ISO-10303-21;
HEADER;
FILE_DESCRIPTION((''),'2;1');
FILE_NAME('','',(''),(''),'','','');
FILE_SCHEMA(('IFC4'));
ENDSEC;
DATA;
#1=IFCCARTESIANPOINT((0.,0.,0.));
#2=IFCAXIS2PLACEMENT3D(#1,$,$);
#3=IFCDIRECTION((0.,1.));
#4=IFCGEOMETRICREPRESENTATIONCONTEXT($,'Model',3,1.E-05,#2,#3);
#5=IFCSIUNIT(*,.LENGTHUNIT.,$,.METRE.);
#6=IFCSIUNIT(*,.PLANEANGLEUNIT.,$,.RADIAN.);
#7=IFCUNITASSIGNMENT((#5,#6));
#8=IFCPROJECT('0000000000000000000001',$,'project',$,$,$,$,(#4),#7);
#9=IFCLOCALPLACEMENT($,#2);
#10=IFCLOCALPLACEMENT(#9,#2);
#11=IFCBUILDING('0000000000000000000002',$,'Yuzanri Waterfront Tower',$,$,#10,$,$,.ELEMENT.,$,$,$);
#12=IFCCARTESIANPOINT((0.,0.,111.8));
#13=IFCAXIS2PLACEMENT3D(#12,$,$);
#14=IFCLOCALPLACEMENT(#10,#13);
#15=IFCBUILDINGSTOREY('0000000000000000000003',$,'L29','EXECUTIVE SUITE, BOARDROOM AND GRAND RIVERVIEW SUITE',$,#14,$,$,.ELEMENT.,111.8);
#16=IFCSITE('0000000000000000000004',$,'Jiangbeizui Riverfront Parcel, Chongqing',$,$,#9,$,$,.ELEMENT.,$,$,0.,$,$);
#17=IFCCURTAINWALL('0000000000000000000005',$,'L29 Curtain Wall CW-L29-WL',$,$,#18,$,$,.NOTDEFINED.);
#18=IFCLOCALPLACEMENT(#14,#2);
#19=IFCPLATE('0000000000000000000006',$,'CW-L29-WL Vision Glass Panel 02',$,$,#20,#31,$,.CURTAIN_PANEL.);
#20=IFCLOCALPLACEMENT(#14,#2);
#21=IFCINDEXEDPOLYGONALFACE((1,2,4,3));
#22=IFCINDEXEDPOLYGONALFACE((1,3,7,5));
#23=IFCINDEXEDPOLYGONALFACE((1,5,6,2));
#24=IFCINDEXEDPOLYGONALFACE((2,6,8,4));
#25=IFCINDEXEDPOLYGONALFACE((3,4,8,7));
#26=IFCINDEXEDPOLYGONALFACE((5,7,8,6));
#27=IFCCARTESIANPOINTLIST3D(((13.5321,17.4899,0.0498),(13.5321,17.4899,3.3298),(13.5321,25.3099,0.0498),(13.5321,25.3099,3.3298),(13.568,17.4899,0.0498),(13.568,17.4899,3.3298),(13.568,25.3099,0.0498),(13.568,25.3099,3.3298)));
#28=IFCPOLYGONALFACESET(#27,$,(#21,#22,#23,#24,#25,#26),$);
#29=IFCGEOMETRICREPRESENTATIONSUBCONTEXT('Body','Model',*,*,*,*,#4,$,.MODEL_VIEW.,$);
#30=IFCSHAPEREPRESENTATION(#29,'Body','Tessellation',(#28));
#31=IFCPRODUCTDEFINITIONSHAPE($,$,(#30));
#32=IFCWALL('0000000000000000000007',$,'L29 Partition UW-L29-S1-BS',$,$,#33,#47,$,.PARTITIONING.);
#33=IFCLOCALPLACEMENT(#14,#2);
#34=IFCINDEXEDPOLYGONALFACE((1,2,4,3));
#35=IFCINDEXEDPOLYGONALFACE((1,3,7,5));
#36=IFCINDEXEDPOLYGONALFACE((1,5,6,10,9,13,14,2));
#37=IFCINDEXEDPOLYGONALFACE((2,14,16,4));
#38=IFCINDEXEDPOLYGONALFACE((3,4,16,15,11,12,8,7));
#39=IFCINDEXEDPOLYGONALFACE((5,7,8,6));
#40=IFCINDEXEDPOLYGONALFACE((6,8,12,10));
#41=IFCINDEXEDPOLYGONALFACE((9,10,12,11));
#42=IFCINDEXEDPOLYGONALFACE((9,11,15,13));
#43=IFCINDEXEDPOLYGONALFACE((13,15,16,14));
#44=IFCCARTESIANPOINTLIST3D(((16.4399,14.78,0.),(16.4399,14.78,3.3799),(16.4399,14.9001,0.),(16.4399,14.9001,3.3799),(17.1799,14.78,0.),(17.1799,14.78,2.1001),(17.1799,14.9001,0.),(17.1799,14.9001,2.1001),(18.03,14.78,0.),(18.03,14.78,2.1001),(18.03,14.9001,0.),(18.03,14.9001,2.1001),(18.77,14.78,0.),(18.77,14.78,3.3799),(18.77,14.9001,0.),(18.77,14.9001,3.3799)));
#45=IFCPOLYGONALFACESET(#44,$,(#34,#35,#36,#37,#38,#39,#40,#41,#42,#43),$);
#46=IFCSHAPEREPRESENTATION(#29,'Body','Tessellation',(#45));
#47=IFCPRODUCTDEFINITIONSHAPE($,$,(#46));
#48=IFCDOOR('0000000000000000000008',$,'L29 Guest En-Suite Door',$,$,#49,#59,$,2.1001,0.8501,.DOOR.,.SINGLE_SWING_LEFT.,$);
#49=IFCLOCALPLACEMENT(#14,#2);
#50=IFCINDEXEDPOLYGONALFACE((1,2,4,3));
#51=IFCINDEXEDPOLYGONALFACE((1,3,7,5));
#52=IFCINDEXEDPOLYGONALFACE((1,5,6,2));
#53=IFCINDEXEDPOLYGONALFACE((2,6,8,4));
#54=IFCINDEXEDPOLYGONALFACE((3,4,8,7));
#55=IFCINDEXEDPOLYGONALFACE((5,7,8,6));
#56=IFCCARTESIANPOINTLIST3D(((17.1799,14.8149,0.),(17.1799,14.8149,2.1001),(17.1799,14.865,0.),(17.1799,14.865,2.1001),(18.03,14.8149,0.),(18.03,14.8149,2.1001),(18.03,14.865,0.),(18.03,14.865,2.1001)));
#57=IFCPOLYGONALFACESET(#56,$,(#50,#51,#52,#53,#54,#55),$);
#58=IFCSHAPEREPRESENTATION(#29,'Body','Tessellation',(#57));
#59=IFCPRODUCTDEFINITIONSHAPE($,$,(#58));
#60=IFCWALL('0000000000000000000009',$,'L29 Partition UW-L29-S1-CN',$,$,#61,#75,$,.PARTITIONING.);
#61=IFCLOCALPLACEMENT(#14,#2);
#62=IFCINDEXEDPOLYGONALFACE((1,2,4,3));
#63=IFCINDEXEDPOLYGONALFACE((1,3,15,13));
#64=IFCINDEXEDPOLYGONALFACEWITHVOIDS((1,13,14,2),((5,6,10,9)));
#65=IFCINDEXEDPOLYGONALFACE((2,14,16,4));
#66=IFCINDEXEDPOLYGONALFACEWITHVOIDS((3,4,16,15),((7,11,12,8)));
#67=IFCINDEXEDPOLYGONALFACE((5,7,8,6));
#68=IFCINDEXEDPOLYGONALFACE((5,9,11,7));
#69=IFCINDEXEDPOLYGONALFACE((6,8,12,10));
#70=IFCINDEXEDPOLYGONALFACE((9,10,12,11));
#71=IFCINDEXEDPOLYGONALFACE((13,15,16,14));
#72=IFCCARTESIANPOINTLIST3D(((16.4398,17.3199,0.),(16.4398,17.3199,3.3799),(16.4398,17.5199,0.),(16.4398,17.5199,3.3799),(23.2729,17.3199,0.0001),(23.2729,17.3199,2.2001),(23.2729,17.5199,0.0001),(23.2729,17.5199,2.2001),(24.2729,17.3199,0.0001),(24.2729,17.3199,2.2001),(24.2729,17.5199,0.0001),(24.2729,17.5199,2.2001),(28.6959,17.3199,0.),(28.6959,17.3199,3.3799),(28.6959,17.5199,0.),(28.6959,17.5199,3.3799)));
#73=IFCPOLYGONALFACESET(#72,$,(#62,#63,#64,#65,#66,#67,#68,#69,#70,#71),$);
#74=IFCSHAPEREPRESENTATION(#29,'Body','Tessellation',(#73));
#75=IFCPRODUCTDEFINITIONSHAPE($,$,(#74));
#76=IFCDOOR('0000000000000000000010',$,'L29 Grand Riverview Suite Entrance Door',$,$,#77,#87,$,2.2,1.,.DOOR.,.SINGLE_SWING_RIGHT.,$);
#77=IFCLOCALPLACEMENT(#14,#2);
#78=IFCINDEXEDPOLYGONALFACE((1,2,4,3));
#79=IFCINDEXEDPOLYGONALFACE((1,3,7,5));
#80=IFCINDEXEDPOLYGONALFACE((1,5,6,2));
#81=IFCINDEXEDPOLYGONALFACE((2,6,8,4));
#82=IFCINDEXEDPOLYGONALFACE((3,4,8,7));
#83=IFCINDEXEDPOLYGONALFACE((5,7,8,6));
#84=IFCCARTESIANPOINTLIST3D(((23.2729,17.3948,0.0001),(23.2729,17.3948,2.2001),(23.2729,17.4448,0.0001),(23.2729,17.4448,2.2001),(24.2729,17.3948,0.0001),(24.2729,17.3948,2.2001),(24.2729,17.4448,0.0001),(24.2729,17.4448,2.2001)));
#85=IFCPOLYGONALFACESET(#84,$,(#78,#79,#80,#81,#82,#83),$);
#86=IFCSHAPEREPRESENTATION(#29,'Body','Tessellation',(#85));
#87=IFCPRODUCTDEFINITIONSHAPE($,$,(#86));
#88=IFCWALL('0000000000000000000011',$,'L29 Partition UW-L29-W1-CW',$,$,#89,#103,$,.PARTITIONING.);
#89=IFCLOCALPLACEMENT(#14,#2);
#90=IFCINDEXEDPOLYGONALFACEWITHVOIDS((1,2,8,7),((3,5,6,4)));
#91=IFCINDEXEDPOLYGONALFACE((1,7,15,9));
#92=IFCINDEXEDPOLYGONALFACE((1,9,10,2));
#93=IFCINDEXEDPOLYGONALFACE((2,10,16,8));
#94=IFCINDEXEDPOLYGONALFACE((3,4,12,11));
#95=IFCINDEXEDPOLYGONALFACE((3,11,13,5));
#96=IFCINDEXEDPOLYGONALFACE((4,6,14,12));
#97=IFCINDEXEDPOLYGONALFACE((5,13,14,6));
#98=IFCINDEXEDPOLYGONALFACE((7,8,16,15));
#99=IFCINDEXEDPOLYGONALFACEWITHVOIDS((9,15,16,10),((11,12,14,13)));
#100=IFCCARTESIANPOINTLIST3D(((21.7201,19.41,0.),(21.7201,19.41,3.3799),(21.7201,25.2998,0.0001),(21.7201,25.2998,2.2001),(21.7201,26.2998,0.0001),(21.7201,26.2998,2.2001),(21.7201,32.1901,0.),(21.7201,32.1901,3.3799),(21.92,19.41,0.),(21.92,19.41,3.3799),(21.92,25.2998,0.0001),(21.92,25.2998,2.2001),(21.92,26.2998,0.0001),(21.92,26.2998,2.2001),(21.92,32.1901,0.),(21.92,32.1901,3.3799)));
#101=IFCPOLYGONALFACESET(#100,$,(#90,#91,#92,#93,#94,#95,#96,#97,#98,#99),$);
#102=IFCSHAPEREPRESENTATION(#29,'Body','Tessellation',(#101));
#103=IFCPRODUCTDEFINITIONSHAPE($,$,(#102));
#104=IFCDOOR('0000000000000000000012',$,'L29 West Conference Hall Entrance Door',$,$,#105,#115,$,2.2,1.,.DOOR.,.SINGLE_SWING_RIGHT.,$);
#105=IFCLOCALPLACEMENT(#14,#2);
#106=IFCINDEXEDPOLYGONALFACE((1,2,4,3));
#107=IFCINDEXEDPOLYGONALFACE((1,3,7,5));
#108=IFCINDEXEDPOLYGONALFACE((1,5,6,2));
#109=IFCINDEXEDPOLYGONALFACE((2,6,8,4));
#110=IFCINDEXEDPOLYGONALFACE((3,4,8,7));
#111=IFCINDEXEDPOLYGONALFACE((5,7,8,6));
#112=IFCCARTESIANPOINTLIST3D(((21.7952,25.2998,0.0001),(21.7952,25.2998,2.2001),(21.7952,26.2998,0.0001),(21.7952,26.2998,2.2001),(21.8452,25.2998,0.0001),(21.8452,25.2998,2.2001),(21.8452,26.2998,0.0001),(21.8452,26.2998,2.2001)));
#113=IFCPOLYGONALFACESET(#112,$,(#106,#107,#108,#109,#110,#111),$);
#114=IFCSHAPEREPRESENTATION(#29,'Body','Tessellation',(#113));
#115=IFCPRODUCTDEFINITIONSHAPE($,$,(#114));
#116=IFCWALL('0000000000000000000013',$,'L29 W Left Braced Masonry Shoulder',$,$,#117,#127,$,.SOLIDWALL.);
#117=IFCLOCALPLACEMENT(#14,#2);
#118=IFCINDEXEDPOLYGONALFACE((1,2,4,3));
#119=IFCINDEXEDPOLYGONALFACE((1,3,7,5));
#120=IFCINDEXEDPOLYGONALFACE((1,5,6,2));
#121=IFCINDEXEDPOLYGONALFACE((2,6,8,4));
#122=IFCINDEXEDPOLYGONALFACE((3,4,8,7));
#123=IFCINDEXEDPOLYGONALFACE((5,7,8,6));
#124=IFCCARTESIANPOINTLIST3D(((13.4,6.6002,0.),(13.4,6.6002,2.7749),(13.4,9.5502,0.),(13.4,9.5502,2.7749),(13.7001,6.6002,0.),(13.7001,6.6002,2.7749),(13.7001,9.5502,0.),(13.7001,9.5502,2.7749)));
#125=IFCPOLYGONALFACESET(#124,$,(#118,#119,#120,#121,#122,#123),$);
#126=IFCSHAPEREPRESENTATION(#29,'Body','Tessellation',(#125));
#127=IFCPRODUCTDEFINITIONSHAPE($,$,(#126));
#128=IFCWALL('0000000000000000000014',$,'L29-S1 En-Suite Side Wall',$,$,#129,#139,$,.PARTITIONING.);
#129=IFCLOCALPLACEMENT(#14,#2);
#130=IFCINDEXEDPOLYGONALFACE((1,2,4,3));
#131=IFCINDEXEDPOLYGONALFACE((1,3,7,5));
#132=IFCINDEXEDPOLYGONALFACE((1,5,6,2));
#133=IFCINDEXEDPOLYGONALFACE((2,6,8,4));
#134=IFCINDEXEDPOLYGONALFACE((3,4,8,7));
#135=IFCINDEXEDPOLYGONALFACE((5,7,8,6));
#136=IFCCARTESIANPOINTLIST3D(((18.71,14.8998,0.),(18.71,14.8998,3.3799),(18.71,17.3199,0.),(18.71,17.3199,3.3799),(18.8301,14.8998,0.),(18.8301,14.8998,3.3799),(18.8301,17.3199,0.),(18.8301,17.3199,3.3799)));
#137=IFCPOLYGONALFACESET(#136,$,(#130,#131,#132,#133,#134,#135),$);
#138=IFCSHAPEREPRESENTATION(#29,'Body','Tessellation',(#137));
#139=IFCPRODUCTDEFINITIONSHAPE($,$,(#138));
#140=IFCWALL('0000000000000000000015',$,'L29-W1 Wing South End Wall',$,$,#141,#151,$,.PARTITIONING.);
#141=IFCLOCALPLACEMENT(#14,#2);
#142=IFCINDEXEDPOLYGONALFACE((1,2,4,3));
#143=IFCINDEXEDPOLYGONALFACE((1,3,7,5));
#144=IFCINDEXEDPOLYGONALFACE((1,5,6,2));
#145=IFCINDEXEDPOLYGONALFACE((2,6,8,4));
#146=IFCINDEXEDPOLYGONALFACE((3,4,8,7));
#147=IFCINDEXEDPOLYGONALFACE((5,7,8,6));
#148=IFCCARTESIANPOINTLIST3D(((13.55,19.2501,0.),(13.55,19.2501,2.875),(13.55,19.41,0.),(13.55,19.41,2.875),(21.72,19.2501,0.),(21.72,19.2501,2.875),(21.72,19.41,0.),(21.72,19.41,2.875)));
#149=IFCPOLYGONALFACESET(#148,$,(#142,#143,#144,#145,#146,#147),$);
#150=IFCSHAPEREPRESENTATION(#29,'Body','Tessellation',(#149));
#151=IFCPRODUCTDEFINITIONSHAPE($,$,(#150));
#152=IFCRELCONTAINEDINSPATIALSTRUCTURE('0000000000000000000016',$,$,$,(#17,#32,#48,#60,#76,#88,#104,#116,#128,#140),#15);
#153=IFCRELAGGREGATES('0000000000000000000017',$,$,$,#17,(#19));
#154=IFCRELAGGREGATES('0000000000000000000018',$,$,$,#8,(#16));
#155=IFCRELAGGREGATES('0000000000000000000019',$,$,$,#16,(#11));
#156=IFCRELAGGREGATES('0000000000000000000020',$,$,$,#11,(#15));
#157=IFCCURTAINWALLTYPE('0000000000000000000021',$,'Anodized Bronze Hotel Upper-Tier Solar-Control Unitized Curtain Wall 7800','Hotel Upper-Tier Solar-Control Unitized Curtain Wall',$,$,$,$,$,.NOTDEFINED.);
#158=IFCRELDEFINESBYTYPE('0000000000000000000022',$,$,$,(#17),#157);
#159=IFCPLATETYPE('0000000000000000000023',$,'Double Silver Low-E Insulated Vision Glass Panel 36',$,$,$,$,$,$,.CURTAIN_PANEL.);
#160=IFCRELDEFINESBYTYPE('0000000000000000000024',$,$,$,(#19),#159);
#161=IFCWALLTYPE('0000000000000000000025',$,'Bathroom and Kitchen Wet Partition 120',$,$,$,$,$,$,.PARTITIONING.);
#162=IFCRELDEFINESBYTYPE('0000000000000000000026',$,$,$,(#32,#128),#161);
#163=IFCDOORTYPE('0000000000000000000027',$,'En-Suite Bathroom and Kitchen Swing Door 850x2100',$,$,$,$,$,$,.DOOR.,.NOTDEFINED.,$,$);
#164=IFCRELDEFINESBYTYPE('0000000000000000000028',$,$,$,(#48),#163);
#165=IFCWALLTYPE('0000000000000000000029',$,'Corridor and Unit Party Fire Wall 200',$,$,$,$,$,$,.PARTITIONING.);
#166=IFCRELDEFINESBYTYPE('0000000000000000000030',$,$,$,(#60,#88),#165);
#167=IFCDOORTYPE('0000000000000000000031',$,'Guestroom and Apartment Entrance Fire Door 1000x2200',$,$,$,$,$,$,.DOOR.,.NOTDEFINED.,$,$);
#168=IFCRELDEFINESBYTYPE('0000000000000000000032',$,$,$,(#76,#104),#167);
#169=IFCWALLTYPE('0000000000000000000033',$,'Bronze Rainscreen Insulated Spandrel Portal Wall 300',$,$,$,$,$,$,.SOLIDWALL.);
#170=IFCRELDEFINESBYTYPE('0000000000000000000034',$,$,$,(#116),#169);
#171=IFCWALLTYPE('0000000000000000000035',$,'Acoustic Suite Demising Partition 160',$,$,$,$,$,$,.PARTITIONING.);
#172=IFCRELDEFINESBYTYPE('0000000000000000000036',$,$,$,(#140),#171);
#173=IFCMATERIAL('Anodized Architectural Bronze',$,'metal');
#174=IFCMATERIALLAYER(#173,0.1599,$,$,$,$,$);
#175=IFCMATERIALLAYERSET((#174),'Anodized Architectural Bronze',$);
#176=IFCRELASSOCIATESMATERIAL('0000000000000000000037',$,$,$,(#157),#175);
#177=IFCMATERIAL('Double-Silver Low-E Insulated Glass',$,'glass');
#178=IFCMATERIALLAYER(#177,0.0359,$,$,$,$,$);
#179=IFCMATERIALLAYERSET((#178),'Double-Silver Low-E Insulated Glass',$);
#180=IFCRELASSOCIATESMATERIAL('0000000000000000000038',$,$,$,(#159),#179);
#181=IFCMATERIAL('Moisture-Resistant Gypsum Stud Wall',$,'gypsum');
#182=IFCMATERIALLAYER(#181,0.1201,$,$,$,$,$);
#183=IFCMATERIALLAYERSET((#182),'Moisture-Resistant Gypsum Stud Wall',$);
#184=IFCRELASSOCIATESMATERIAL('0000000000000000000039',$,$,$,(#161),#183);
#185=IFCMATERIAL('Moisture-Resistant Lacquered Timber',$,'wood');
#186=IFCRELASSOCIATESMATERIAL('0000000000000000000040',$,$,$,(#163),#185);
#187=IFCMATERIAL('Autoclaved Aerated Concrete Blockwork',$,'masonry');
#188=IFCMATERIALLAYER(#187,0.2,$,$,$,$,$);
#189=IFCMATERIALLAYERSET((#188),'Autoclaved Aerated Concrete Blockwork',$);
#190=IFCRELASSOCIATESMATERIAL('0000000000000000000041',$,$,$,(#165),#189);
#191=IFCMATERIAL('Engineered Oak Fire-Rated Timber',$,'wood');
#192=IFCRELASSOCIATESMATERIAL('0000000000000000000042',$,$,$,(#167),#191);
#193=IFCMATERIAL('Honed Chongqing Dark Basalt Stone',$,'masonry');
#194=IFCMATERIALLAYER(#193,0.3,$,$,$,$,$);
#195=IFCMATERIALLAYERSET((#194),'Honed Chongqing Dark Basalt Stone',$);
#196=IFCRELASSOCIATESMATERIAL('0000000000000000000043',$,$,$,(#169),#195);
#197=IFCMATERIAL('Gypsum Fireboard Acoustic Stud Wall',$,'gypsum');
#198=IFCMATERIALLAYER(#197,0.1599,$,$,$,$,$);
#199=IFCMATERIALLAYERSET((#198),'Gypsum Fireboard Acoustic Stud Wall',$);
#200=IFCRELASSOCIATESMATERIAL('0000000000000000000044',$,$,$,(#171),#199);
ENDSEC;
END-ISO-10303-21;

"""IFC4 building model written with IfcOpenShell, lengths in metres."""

from ifc_helpers import new_model, si_unit, direction, frame, frame_2d, origin, origin_2d, place, context, subcontext, project, spatial, rectangle, extrude, source, transform, mapped, material, layer, layer_set, type_object, element, fill, aggregate, save


model = new_model("IFC4")

# Units and contexts
model_context = context("Model", 3, precision=1e-05, world=origin(), true_north=direction((0.0, 1.0)))
body_context = subcontext(model_context, "Body", "Model", "MODEL_VIEW")
ifc_project = project(units=[si_unit("LENGTHUNIT", "METRE"), si_unit("PLANEANGLEUNIT", "RADIAN")], contexts=[model_context])

# Site, building, storey
site_placement = place(None, origin())
site = spatial("IfcSite", under=ifc_project, at=site_placement, Name="Jiangbeizui Riverfront Parcel, Chongqing", CompositionType="ELEMENT", RefElevation=0.0)
building_placement = place(site_placement, origin())
building = spatial("IfcBuilding", under=site, at=building_placement, Name="Yuzanri Waterfront Tower", CompositionType="ELEMENT")
storey_placement = place(building_placement, frame((0.0, 0.0, 111.8)))
storey = spatial("IfcBuildingStorey", under=building, at=storey_placement, Name="L29", Description="EXECUTIVE SUITE, BOARDROOM AND GRAND RIVERVIEW SUITE", CompositionType="ELEMENT", Elevation=111.8)

# Curtain wall
ifc_material_1 = material(Name="Anodized Architectural Bronze", Category="metal")
ifc_layer_1 = layer(ifc_material_1, 0.1599)
ifc_layer_set_1 = layer_set([ifc_layer_1], Name="Anodized Architectural Bronze")
curtain_wall_type = type_object("IfcCurtainWallType", Name="Anodized Bronze Hotel Upper-Tier Solar-Control Unitized Curtain Wall 7800", Description="Hotel Upper-Tier Solar-Control Unitized Curtain Wall", PredefinedType="NOTDEFINED", material=ifc_layer_set_1)
curtain_wall_placement = place(storey_placement, origin())
curtain_wall = element("IfcCurtainWall", 1, at=curtain_wall_placement, inside=storey, type_object=curtain_wall_type, Name="L29 Curtain Wall CW-L29-WL", PredefinedType="NOTDEFINED")

# Plate
ifc_material_2 = material(Name="Double-Silver Low-E Insulated Glass", Category="glass")
ifc_layer_2 = layer(ifc_material_2, 0.0359)
ifc_layer_set_2 = layer_set([ifc_layer_2], Name="Double-Silver Low-E Insulated Glass")
plate_type_1 = type_object("IfcPlateType", Name="Double Silver Low-E Insulated Vision Glass Panel 36", PredefinedType="CURTAIN_PANEL", material=ifc_layer_set_2)
shared_shape_1 = source(origin(), body_context, "Body", "SweptSolid", [
    extrude(rectangle(XDim=7.8201, YDim=0.0359, at=origin_2d()), origin(), (0.0, 0.0, 1.0), 3.28),
])
plate_1_placement = place(storey_placement, frame((13.55, 21.3999, 0.0498), z_axis=(0.0, 0.0, 1.0), x_axis=(0.0, 1.0, 0.0)))
plate_1 = element("IfcPlate", 2, at=plate_1_placement, type_object=plate_type_1, Name="CW-L29-WL Vision Glass Panel 02", PredefinedType="CURTAIN_PANEL", context=body_context, shape_type="MappedRepresentation", body=[
    mapped(shared_shape_1, transform((0.0, 0.0, 0.0), scale=1.0)),
])
aggregate(curtain_wall, [plate_1])

# Wall, opening, door
ifc_material_3 = material(Name="Moisture-Resistant Gypsum Stud Wall", Category="gypsum")
ifc_layer_3 = layer(ifc_material_3, 0.1201)
ifc_layer_set_3 = layer_set([ifc_layer_3], Name="Moisture-Resistant Gypsum Stud Wall")
wall_type_1 = type_object("IfcWallType", Name="Bathroom and Kitchen Wet Partition 120", PredefinedType="PARTITIONING", material=ifc_layer_set_3)
wall_1_placement = place(storey_placement, frame((16.4399, 14.8401, 0.0), z_axis=(0.0, 0.0, 1.0), x_axis=(1.0, 0.0, 0.0)))
wall_1 = element("IfcWall", 3, at=wall_1_placement, inside=storey, type_object=wall_type_1, Name="L29 Partition UW-L29-S1-BS", PredefinedType="PARTITIONING", context=body_context, shape_type="SweptSolid", body=[
    extrude(rectangle(XDim=2.3301, YDim=0.1201, at=frame_2d((1.165, 0.0))), origin(), (0.0, 0.0, 1.0), 3.3799),
])
opening_1_placement = place(wall_1_placement, frame((0.74, 0.0, 0.0)))
opening_1 = element("IfcOpeningElement", 4, at=opening_1_placement, cuts=wall_1, PredefinedType="OPENING", context=body_context, shape_type="SweptSolid", body=[
    extrude(rectangle(XDim=0.8501, YDim=2.1001, at=frame_2d((0.425, 1.05))), frame((0.0, 0.075, 0.0), z_axis=(0.0, -1.0, 0.0), x_axis=(1.0, 0.0, 0.0)), (0.0, 0.0, 1.0), 0.1499),
])
ifc_material_4 = material(Name="Moisture-Resistant Lacquered Timber", Category="wood")
door_type_1 = type_object("IfcDoorType", Name="En-Suite Bathroom and Kitchen Swing Door 850x2100", OperationType="NOTDEFINED", PredefinedType="DOOR", material=ifc_material_4)
shared_shape_2 = source(origin(), body_context, "Body", "SweptSolid", [
    extrude(rectangle(XDim=0.8501, YDim=2.1001, at=frame_2d((0.425, 1.05))), frame((0.0, 0.0249, 0.0), z_axis=(0.0, -1.0, 0.0), x_axis=(1.0, 0.0, 0.0)), (0.0, 0.0, 1.0), 0.05),
])
door_1_placement = place(opening_1_placement, origin())
door_1 = element("IfcDoor", 5, at=door_1_placement, inside=storey, type_object=door_type_1, Name="L29 Guest En-Suite Door", OperationType="SINGLE_SWING_LEFT", OverallHeight=2.1001, OverallWidth=0.8501, PredefinedType="DOOR", context=body_context, shape_type="MappedRepresentation", body=[
    mapped(shared_shape_2, transform((0.0, 0.0, 0.0), scale=1.0)),
])
fill(opening_1, door_1)

# Walls, openings, doors
ifc_material_5 = material(Name="Autoclaved Aerated Concrete Blockwork", Category="masonry")
ifc_layer_4 = layer(ifc_material_5, 0.2)
ifc_layer_set_4 = layer_set([ifc_layer_4], Name="Autoclaved Aerated Concrete Blockwork")
wall_type_2 = type_object("IfcWallType", Name="Corridor and Unit Party Fire Wall 200", PredefinedType="PARTITIONING", material=ifc_layer_set_4)
wall_2_placement = place(storey_placement, frame((16.4399, 17.4199, 0.0), z_axis=(0.0, 0.0, 1.0), x_axis=(1.0, 0.0, 0.0)))
wall_2 = element("IfcWall", 6, at=wall_2_placement, inside=storey, type_object=wall_type_2, Name="L29 Partition UW-L29-S1-CN", PredefinedType="PARTITIONING", context=body_context, shape_type="SweptSolid", body=[
    extrude(rectangle(XDim=12.2561, YDim=0.2, at=frame_2d((6.1279, 0.0))), origin(), (0.0, 0.0, 1.0), 3.3799),
])
opening_2_placement = place(wall_2_placement, frame((6.833, 0.0, 0.0)))
opening_2 = element("IfcOpeningElement", 7, at=opening_2_placement, cuts=wall_2, PredefinedType="OPENING", context=body_context, shape_type="SweptSolid", body=[
    extrude(rectangle(XDim=1.0, YDim=2.2, at=frame_2d((0.5, 1.1001))), frame((0.0, 0.1147, 0.0), z_axis=(0.0, -1.0, 0.0), x_axis=(1.0, 0.0, 0.0)), (0.0, 0.0, 1.0), 0.2297),
])
ifc_material_6 = material(Name="Engineered Oak Fire-Rated Timber", Category="wood")
door_type_2 = type_object("IfcDoorType", Name="Guestroom and Apartment Entrance Fire Door 1000x2200", OperationType="NOTDEFINED", PredefinedType="DOOR", material=ifc_material_6)
shared_shape_3 = source(origin(), body_context, "Body", "SweptSolid", [
    extrude(rectangle(XDim=1.0, YDim=2.2, at=frame_2d((0.5, 1.1001))), frame((0.0, 0.0249, 0.0), z_axis=(0.0, -1.0, 0.0), x_axis=(1.0, 0.0, 0.0)), (0.0, 0.0, 1.0), 0.05),
])
door_2_placement = place(opening_2_placement, origin())
door_2 = element("IfcDoor", 8, at=door_2_placement, inside=storey, type_object=door_type_2, Name="L29 Grand Riverview Suite Entrance Door", OperationType="SINGLE_SWING_RIGHT", OverallHeight=2.2, OverallWidth=1.0, PredefinedType="DOOR", context=body_context, shape_type="MappedRepresentation", body=[
    mapped(shared_shape_3, transform((0.0, 0.0, 0.0), scale=1.0)),
])
fill(opening_2, door_2)
wall_3_placement = place(storey_placement, frame((21.8201, 19.4099, 0.0), z_axis=(0.0, 0.0, 1.0), x_axis=(0.0, 1.0, 0.0)))
wall_3 = element("IfcWall", 9, at=wall_3_placement, inside=storey, type_object=wall_type_2, Name="L29 Partition UW-L29-W1-CW", PredefinedType="PARTITIONING", context=body_context, shape_type="SweptSolid", body=[
    extrude(rectangle(XDim=12.78, YDim=0.2, at=frame_2d((6.3901, 0.0))), origin(), (0.0, 0.0, 1.0), 3.3799),
])
opening_3_placement = place(wall_3_placement, frame((5.8899, 0.0, 0.0)))
opening_3 = element("IfcOpeningElement", 10, at=opening_3_placement, cuts=wall_3, PredefinedType="OPENING", context=body_context, shape_type="SweptSolid", body=[
    extrude(rectangle(XDim=1.0, YDim=2.2, at=frame_2d((0.5, 1.1001))), frame((0.0, 0.1147, 0.0), z_axis=(0.0, -1.0, 0.0), x_axis=(1.0, 0.0, 0.0)), (0.0, 0.0, 1.0), 0.2297),
])
door_3_placement = place(opening_3_placement, origin())
door_3 = element("IfcDoor", 11, at=door_3_placement, inside=storey, type_object=door_type_2, Name="L29 West Conference Hall Entrance Door", OperationType="SINGLE_SWING_RIGHT", OverallHeight=2.2, OverallWidth=1.0, PredefinedType="DOOR", context=body_context, shape_type="MappedRepresentation", body=[
    mapped(shared_shape_3, transform((0.0, 0.0, 0.0), scale=1.0)),
])
fill(opening_3, door_3)

# Walls
ifc_material_7 = material(Name="Honed Chongqing Dark Basalt Stone", Category="masonry")
ifc_layer_5 = layer(ifc_material_7, 0.3)
ifc_layer_set_5 = layer_set([ifc_layer_5], Name="Honed Chongqing Dark Basalt Stone")
wall_type_3 = type_object("IfcWallType", Name="Bronze Rainscreen Insulated Spandrel Portal Wall 300", PredefinedType="SOLIDWALL", material=ifc_layer_set_5)
shared_shape_4 = source(origin(), body_context, "Body", "SweptSolid", [
    extrude(rectangle(XDim=2.95, YDim=0.3, at=frame_2d((1.4751, 0.0))), origin(), (0.0, 0.0, 1.0), 2.7749),
])
wall_4_placement = place(storey_placement, frame((13.55, 6.6001, 0.0), z_axis=(0.0, 0.0, 1.0), x_axis=(0.0, 1.0, 0.0)))
element("IfcWall", 12, at=wall_4_placement, inside=storey, type_object=wall_type_3, Name="L29 W Left Braced Masonry Shoulder", PredefinedType="SOLIDWALL", context=body_context, shape_type="MappedRepresentation", body=[
    mapped(shared_shape_4, transform((0.0, 0.0, 0.0), scale=1.0)),
])
shared_shape_5 = source(origin(), body_context, "Body", "SweptSolid", [
    extrude(rectangle(XDim=2.4202, YDim=0.1201, at=frame_2d((1.21, 0.0))), origin(), (0.0, 0.0, 1.0), 3.3799),
])
wall_5_placement = place(storey_placement, frame((18.77, 14.8999, 0.0), z_axis=(0.0, 0.0, 1.0), x_axis=(0.0, 1.0, 0.0)))
element("IfcWall", 13, at=wall_5_placement, inside=storey, type_object=wall_type_1, Name="L29-S1 En-Suite Side Wall", PredefinedType="PARTITIONING", context=body_context, shape_type="MappedRepresentation", body=[
    mapped(shared_shape_5, transform((0.0, 0.0, 0.0), scale=1.0)),
])
ifc_material_8 = material(Name="Gypsum Fireboard Acoustic Stud Wall", Category="gypsum")
ifc_layer_6 = layer(ifc_material_8, 0.1599)
ifc_layer_set_6 = layer_set([ifc_layer_6], Name="Gypsum Fireboard Acoustic Stud Wall")
wall_type_4 = type_object("IfcWallType", Name="Acoustic Suite Demising Partition 160", PredefinedType="PARTITIONING", material=ifc_layer_set_6)
shared_shape_6 = source(origin(), body_context, "Body", "SweptSolid", [
    extrude(rectangle(XDim=8.1699, YDim=0.1599, at=frame_2d((4.085, 0.0))), origin(), (0.0, 0.0, 1.0), 2.875),
])
wall_6_placement = place(storey_placement, frame((13.55, 19.3301, 0.0), z_axis=(0.0, 0.0, 1.0), x_axis=(1.0, 0.0, 0.0)))
element("IfcWall", 14, at=wall_6_placement, inside=storey, type_object=wall_type_4, Name="L29-W1 Wing South End Wall", PredefinedType="PARTITIONING", context=body_context, shape_type="MappedRepresentation", body=[
    mapped(shared_shape_6, transform((0.0, 0.0, 0.0), scale=1.0)),
])

save(model, "model.ifc")
